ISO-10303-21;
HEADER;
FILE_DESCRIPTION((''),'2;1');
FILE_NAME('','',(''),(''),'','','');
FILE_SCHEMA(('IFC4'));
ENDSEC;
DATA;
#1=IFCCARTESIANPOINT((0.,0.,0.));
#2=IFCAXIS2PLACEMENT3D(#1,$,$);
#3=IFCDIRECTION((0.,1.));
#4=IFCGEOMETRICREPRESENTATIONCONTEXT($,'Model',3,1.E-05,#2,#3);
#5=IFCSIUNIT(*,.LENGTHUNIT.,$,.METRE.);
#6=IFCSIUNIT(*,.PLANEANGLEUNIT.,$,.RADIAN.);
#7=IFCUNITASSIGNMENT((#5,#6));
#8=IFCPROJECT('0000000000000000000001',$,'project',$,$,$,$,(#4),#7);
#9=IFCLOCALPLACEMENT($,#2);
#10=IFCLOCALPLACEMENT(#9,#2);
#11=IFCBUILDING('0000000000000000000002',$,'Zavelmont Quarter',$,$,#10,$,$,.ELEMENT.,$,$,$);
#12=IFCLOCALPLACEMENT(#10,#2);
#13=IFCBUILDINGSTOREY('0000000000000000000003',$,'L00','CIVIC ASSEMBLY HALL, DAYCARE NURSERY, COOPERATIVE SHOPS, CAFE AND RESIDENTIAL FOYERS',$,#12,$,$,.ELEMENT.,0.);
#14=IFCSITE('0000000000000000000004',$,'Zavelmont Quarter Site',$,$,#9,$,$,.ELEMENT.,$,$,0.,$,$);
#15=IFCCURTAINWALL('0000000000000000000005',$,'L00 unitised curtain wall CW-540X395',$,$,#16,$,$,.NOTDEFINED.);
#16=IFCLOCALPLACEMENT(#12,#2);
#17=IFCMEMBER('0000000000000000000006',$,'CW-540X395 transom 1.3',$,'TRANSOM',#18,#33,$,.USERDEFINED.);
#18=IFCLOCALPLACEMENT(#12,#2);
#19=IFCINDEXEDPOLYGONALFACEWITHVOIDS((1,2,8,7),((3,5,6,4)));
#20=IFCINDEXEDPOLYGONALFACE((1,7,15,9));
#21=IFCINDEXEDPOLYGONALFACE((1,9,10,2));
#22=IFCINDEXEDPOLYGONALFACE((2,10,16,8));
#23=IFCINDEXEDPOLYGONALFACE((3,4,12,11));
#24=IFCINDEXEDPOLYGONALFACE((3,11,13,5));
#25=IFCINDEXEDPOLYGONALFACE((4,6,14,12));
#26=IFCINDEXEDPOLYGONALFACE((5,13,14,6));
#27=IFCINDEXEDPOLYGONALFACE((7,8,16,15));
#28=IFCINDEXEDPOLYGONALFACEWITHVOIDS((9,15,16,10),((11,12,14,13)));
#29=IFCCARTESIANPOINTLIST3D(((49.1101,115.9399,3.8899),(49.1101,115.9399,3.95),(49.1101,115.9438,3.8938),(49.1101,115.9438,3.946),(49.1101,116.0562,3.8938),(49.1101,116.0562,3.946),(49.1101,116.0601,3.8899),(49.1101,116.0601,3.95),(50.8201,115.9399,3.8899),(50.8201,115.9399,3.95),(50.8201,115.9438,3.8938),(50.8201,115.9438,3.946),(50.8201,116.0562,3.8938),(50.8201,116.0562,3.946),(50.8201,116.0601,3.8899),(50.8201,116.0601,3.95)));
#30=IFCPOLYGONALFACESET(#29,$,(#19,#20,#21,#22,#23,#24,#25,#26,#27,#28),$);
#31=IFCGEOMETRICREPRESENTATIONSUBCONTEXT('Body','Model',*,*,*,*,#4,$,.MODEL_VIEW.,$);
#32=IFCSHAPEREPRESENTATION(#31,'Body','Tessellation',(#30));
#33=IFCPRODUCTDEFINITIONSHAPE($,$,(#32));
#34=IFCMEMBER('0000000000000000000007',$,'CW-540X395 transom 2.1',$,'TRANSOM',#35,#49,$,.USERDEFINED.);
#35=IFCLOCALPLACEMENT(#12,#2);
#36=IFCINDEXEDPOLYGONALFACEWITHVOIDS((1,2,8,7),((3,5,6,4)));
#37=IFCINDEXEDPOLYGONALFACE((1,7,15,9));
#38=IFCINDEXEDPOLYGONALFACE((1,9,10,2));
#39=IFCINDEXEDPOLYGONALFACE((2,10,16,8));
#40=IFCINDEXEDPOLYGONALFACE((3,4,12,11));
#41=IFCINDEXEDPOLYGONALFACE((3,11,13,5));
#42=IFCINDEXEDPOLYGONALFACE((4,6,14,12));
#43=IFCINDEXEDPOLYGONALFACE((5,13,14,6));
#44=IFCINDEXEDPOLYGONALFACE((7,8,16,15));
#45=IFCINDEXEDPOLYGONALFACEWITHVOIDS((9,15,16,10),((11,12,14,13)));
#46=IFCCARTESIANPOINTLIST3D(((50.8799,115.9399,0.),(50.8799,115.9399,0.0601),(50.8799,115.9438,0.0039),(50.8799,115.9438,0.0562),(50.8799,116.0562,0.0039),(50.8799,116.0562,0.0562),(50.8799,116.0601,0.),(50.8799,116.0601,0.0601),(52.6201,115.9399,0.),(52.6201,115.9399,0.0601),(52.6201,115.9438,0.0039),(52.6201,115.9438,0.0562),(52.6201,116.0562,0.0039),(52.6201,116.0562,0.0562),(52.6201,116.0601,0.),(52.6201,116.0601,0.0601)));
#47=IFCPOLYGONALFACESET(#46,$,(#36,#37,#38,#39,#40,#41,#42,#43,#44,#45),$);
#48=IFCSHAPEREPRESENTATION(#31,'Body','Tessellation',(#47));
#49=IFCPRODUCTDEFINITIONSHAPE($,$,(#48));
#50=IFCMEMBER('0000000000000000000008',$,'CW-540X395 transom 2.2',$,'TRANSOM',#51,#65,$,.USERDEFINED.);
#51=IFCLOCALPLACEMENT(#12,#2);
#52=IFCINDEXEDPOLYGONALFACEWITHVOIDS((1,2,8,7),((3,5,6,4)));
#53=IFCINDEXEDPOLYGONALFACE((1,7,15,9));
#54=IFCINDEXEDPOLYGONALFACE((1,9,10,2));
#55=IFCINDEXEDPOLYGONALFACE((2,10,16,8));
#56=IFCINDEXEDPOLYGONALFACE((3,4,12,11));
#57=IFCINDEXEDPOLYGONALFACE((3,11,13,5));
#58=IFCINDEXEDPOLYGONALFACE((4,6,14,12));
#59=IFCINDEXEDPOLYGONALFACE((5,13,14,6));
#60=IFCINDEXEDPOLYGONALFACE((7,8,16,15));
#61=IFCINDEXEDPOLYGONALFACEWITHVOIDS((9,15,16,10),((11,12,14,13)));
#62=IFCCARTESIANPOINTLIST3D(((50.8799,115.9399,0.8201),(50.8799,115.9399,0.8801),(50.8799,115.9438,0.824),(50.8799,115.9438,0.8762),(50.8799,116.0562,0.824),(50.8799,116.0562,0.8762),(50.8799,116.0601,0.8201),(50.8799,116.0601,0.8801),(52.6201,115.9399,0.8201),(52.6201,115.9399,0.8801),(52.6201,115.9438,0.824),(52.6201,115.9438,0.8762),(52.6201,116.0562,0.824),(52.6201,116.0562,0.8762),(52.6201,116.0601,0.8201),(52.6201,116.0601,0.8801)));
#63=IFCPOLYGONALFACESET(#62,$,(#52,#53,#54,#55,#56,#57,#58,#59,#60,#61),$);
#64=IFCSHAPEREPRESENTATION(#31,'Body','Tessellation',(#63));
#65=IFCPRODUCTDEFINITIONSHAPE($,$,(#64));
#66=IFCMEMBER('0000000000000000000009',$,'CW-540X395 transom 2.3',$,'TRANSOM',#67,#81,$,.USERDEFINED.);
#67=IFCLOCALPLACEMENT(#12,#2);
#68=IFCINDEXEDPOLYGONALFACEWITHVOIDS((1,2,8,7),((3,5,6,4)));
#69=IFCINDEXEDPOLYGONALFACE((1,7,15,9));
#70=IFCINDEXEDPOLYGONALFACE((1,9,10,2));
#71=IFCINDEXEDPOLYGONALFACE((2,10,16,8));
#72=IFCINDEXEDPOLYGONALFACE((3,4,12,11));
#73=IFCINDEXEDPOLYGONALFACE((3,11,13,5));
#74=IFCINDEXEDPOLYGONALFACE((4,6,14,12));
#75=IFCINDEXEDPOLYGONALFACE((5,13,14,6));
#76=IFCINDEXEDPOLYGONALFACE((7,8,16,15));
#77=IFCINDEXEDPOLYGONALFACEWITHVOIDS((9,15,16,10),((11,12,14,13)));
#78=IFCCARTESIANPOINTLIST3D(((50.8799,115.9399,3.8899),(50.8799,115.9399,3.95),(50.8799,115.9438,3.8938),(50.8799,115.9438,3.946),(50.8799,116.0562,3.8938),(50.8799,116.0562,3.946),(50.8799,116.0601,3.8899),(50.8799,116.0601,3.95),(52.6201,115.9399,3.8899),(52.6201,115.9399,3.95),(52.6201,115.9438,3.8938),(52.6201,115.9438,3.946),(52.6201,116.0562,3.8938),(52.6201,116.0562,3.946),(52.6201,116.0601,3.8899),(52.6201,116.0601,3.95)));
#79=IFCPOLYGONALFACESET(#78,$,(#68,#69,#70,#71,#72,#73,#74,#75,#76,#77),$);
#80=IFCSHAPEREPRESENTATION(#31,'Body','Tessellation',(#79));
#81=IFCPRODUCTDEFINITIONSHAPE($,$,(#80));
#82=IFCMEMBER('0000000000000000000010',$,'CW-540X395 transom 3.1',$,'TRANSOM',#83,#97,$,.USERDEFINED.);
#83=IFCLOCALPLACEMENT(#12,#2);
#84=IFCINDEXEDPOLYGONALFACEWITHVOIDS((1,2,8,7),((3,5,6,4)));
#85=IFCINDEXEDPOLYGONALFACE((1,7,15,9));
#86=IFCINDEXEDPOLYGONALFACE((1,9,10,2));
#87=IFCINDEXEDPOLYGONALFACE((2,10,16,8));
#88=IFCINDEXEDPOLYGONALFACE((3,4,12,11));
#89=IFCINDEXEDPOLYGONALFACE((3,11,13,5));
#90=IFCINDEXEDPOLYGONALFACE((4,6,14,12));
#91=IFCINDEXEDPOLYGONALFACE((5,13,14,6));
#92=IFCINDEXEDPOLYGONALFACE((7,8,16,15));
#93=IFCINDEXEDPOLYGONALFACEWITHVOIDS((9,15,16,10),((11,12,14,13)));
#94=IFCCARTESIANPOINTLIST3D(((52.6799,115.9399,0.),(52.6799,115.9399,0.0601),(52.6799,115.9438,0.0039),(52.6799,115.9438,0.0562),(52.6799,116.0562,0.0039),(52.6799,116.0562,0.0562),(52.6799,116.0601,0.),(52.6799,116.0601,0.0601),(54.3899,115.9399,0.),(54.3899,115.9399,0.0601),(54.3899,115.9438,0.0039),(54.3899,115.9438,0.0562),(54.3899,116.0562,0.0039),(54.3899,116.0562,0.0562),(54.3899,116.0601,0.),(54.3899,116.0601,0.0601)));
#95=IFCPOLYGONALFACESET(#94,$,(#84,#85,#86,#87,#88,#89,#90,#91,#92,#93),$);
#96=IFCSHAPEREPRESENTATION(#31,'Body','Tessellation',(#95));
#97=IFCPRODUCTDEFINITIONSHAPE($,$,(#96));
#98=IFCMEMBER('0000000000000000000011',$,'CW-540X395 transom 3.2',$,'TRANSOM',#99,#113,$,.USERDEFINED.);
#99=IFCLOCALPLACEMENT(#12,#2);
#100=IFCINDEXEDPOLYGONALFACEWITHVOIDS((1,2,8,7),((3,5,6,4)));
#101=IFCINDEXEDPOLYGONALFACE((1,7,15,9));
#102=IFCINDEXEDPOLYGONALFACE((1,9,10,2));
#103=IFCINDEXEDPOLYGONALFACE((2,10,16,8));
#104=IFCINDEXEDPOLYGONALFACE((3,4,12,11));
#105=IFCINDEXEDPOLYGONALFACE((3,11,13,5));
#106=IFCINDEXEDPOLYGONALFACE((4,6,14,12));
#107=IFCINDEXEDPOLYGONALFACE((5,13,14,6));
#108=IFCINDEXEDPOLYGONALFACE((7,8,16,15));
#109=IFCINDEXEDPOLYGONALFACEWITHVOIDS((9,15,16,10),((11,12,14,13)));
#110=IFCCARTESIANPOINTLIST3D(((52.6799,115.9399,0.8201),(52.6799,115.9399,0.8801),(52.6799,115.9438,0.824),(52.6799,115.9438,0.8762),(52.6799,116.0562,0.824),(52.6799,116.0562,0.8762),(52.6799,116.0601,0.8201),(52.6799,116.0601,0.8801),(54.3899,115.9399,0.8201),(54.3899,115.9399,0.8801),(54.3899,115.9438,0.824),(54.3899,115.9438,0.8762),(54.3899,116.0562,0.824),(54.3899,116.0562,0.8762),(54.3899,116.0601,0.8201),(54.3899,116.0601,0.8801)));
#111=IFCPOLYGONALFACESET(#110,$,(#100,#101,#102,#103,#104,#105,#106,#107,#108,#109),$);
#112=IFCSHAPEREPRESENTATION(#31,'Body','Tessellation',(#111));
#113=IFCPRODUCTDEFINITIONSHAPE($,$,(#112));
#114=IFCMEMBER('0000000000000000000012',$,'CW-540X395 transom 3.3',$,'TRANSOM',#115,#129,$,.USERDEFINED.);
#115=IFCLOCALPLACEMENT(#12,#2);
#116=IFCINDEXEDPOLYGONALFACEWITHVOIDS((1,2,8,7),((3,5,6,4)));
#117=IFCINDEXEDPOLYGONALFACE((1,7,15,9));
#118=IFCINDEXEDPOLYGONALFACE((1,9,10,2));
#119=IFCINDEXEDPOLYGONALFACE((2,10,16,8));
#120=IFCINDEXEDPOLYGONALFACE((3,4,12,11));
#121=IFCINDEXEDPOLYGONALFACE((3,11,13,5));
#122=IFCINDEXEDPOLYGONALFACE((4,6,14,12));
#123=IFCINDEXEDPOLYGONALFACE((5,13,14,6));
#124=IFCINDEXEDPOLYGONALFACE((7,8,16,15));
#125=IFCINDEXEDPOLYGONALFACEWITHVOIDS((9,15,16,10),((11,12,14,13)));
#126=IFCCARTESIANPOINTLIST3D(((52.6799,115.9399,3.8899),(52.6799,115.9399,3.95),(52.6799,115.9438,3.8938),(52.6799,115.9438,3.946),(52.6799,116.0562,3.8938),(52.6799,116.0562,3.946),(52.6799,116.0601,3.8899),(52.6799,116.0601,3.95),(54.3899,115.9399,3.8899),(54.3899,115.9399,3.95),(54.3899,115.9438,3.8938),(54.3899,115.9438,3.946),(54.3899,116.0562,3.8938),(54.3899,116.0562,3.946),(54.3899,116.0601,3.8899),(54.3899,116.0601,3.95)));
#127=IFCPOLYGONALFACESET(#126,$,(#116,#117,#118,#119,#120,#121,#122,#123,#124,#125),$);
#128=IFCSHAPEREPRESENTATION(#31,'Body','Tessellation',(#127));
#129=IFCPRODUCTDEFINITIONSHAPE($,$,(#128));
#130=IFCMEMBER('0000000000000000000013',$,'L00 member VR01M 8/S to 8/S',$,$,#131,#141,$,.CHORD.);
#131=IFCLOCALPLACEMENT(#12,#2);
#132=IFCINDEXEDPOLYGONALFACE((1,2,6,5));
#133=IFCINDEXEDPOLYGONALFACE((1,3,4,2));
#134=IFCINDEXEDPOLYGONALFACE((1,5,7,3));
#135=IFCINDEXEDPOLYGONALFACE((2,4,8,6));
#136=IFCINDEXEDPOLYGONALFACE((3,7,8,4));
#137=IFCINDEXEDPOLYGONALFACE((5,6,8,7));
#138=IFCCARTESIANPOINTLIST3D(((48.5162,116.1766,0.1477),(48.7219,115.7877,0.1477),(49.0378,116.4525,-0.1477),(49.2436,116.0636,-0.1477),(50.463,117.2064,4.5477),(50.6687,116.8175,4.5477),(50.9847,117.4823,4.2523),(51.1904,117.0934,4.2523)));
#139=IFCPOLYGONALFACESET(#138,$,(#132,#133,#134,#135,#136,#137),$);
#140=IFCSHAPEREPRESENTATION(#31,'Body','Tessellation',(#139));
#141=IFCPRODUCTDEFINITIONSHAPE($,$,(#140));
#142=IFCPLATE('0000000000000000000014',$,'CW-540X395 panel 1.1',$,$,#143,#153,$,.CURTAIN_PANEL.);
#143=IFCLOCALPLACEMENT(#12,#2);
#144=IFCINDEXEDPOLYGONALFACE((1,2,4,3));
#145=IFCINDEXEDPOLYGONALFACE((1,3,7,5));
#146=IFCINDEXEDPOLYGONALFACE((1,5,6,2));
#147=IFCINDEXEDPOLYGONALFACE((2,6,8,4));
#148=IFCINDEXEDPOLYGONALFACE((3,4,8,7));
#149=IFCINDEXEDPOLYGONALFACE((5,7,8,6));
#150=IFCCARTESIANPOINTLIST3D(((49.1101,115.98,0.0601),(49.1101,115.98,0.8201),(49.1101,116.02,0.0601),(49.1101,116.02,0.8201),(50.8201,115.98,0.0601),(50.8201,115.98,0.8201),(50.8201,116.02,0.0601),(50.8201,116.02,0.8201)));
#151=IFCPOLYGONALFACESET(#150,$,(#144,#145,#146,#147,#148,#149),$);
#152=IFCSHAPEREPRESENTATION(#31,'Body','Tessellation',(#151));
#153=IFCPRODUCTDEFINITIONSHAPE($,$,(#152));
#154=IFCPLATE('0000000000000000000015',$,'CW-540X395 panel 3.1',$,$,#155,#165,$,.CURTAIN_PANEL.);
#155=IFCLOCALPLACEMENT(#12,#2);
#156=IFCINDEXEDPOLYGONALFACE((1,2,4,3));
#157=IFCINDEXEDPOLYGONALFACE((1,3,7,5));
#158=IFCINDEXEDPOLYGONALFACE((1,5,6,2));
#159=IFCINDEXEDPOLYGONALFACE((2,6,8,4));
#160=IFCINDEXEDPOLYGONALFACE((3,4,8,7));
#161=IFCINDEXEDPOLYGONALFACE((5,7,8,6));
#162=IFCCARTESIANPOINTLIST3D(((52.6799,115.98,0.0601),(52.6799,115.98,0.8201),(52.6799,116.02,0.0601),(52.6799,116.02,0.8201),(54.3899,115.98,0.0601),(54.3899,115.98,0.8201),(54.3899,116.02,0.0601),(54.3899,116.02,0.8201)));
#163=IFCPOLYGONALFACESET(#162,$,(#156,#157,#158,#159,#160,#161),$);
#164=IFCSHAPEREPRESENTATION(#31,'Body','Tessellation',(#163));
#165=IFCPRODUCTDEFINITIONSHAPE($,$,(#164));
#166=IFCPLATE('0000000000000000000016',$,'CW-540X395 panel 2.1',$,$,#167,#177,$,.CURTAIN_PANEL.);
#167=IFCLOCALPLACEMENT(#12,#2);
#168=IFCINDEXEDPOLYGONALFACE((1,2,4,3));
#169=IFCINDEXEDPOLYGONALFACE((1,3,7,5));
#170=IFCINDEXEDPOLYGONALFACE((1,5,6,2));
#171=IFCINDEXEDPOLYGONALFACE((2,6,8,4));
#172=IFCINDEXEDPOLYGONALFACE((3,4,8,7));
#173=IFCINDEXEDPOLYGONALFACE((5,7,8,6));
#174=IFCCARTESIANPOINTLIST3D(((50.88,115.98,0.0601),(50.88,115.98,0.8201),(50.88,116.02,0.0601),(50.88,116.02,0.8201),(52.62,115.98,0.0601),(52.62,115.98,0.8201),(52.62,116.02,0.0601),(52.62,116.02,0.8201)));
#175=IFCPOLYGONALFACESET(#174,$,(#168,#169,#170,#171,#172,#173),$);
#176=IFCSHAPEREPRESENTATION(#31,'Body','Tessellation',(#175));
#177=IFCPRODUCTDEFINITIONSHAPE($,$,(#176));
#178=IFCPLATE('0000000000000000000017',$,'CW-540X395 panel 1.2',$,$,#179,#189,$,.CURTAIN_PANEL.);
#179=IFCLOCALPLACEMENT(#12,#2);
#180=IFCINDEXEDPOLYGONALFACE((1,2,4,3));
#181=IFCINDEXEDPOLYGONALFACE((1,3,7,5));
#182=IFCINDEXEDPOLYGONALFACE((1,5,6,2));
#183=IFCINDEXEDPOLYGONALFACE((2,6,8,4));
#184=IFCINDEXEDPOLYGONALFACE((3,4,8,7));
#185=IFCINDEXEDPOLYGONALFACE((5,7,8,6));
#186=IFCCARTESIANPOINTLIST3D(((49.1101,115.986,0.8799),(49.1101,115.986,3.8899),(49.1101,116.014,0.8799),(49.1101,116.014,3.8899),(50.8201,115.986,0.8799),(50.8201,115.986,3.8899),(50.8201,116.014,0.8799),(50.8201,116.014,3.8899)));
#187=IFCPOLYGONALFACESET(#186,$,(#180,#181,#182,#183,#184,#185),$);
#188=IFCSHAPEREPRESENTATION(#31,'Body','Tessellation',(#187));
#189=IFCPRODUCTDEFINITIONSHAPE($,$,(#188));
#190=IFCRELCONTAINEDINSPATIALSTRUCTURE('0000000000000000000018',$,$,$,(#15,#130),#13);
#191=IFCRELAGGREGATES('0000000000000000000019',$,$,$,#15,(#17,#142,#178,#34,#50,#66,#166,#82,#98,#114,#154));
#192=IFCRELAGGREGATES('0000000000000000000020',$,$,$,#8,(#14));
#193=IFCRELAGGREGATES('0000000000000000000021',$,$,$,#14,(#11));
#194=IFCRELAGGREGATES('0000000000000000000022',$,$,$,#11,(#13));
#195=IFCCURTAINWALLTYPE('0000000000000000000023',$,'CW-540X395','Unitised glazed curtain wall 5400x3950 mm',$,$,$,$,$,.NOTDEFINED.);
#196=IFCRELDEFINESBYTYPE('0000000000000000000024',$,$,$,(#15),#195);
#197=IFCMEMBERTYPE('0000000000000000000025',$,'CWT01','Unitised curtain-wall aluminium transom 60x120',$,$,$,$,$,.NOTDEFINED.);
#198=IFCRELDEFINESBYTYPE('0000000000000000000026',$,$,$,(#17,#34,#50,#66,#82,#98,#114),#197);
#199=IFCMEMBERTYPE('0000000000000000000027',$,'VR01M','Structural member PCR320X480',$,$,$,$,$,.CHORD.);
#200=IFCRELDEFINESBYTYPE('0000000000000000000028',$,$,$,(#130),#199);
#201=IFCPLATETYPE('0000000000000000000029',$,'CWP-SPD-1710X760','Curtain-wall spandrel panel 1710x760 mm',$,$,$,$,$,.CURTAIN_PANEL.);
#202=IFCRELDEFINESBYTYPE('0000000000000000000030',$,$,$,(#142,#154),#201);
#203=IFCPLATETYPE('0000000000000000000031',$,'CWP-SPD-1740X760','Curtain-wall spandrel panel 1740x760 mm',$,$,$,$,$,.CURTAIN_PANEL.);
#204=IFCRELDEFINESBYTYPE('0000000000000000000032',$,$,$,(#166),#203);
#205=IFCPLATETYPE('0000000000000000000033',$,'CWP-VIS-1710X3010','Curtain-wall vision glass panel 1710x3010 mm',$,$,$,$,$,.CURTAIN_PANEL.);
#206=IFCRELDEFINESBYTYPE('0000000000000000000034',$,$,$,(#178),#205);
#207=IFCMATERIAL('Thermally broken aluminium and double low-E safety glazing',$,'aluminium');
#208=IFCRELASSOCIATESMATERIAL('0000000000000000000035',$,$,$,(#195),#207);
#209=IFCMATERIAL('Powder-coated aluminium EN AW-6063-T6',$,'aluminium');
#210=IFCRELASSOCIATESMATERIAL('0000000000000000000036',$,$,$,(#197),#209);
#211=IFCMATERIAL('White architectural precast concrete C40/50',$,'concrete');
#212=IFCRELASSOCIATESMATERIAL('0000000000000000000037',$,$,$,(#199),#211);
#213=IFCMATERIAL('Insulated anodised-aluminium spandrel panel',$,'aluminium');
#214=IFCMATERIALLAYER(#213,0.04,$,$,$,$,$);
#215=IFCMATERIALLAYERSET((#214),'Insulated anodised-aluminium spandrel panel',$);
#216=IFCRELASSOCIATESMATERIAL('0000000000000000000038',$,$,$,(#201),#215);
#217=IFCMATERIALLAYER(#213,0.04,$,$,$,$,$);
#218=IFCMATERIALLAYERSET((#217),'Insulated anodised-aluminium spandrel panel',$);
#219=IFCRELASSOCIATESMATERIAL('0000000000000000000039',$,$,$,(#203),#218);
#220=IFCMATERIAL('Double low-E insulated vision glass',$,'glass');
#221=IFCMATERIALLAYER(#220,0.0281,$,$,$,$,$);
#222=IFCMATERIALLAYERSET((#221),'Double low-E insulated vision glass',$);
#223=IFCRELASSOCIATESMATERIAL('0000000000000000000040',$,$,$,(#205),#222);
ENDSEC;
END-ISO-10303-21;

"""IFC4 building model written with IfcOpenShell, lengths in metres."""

from ifc_helpers import new_model, si_unit, direction, frame, origin, origin_2d, place, context, subcontext, project, spatial, rectangle, hollow_rectangle, extrude, material, layer, layer_set, material_profile, profile_set, type_object, element, aggregate, save


model = new_model("IFC4")

# Units and contexts
model_context = context("Model", 3, precision=1e-05, world=origin(), true_north=direction((0.0, 1.0)))
body_context = subcontext(model_context, "Body", "Model", "MODEL_VIEW")
ifc_project = project(units=[si_unit("LENGTHUNIT", "METRE"), si_unit("PLANEANGLEUNIT", "RADIAN")], contexts=[model_context])

# Site, building, storey
site_placement = place(None, origin())
site = spatial("IfcSite", under=ifc_project, at=site_placement, Name="Zavelmont Quarter Site", CompositionType="ELEMENT", RefElevation=0.0)
building_placement = place(site_placement, origin())
building = spatial("IfcBuilding", under=site, at=building_placement, Name="Zavelmont Quarter", CompositionType="ELEMENT")
storey_placement = place(building_placement, origin())
storey = spatial("IfcBuildingStorey", under=building, at=storey_placement, Name="L00", Description="CIVIC ASSEMBLY HALL, DAYCARE NURSERY, COOPERATIVE SHOPS, CAFE AND RESIDENTIAL FOYERS", CompositionType="ELEMENT", Elevation=0.0)

# Curtain wall, members
ifc_material_1 = material(Name="Thermally broken aluminium and double low-E safety glazing", Category="aluminium")
curtain_wall_type = type_object("IfcCurtainWallType", Name="CW-540X395", Description="Unitised glazed curtain wall 5400x3950 mm", PredefinedType="NOTDEFINED", material=ifc_material_1)
curtain_wall_placement = place(storey_placement, origin())
curtain_wall = element("IfcCurtainWall", 1, at=curtain_wall_placement, inside=storey, type_object=curtain_wall_type, Name="L00 unitised curtain wall CW-540X395", PredefinedType="NOTDEFINED")
ifc_material_2 = material(Name="Powder-coated aluminium EN AW-6063-T6", Category="aluminium")
ifc_material_profile_1 = material_profile(ifc_material_2, hollow_rectangle(XDim=0.1201, YDim=0.0601, WallThickness=0.0039, at=origin_2d()), Name="CWT60X120")
ifc_profile_set_1 = profile_set([ifc_material_profile_1], Name="Powder-coated aluminium EN AW-6063-T6")
member_type_1 = type_object("IfcMemberType", Name="CWT01", Description="Unitised curtain-wall aluminium transom 60x120", PredefinedType="NOTDEFINED", material=ifc_profile_set_1)
member_1_placement = place(storey_placement, frame((49.1101, 116.0, 3.9199), z_axis=(1.0, 0.0, 0.0), x_axis=(0.0, 1.0, 0.0)))
member_1 = element("IfcMember", 2, at=member_1_placement, type_object=member_type_1, Name="CW-540X395 transom 1.3", ObjectType="TRANSOM", PredefinedType="USERDEFINED", context=body_context, shape_type="SweptSolid", body=[
    extrude(hollow_rectangle(XDim=0.1201, YDim=0.0601, WallThickness=0.0039, at=origin_2d()), origin(), (0.0, 0.0, 1.0), 1.71),
])
member_2_placement = place(storey_placement, frame((50.8799, 116.0, 0.03), z_axis=(1.0, 0.0, 0.0), x_axis=(0.0, 1.0, 0.0)))
member_2 = element("IfcMember", 3, at=member_2_placement, type_object=member_type_1, Name="CW-540X395 transom 2.1", ObjectType="TRANSOM", PredefinedType="USERDEFINED", context=body_context, shape_type="SweptSolid", body=[
    extrude(hollow_rectangle(XDim=0.1201, YDim=0.0601, WallThickness=0.0039, at=origin_2d()), origin(), (0.0, 0.0, 1.0), 1.7402),
])
member_3_placement = place(storey_placement, frame((50.8799, 116.0, 0.8501), z_axis=(1.0, 0.0, 0.0), x_axis=(0.0, 1.0, 0.0)))
member_3 = element("IfcMember", 4, at=member_3_placement, type_object=member_type_1, Name="CW-540X395 transom 2.2", ObjectType="TRANSOM", PredefinedType="USERDEFINED", context=body_context, shape_type="SweptSolid", body=[
    extrude(hollow_rectangle(XDim=0.1201, YDim=0.0601, WallThickness=0.0039, at=origin_2d()), origin(), (0.0, 0.0, 1.0), 1.7402),
])
member_4_placement = place(storey_placement, frame((50.8799, 116.0, 3.9199), z_axis=(1.0, 0.0, 0.0), x_axis=(0.0, 1.0, 0.0)))
member_4 = element("IfcMember", 5, at=member_4_placement, type_object=member_type_1, Name="CW-540X395 transom 2.3", ObjectType="TRANSOM", PredefinedType="USERDEFINED", context=body_context, shape_type="SweptSolid", body=[
    extrude(hollow_rectangle(XDim=0.1201, YDim=0.0601, WallThickness=0.0039, at=origin_2d()), origin(), (0.0, 0.0, 1.0), 1.7402),
])
member_5_placement = place(storey_placement, frame((52.6799, 116.0, 0.03), z_axis=(1.0, 0.0, 0.0), x_axis=(0.0, 1.0, 0.0)))
member_5 = element("IfcMember", 6, at=member_5_placement, type_object=member_type_1, Name="CW-540X395 transom 3.1", ObjectType="TRANSOM", PredefinedType="USERDEFINED", context=body_context, shape_type="SweptSolid", body=[
    extrude(hollow_rectangle(XDim=0.1201, YDim=0.0601, WallThickness=0.0039, at=origin_2d()), origin(), (0.0, 0.0, 1.0), 1.71),
])
member_6_placement = place(storey_placement, frame((52.6799, 116.0, 0.8501), z_axis=(1.0, 0.0, 0.0), x_axis=(0.0, 1.0, 0.0)))
member_6 = element("IfcMember", 7, at=member_6_placement, type_object=member_type_1, Name="CW-540X395 transom 3.2", ObjectType="TRANSOM", PredefinedType="USERDEFINED", context=body_context, shape_type="SweptSolid", body=[
    extrude(hollow_rectangle(XDim=0.1201, YDim=0.0601, WallThickness=0.0039, at=origin_2d()), origin(), (0.0, 0.0, 1.0), 1.71),
])
member_7_placement = place(storey_placement, frame((52.6799, 116.0, 3.9199), z_axis=(1.0, 0.0, 0.0), x_axis=(0.0, 1.0, 0.0)))
member_7 = element("IfcMember", 8, at=member_7_placement, type_object=member_type_1, Name="CW-540X395 transom 3.3", ObjectType="TRANSOM", PredefinedType="USERDEFINED", context=body_context, shape_type="SweptSolid", body=[
    extrude(hollow_rectangle(XDim=0.1201, YDim=0.0601, WallThickness=0.0039, at=origin_2d()), origin(), (0.0, 0.0, 1.0), 1.71),
])

# Member
ifc_material_3 = material(Name="White architectural precast concrete C40/50", Category="concrete")
ifc_material_profile_2 = material_profile(ifc_material_3, rectangle(XDim=0.4399, YDim=0.6599, at=origin_2d()), Name="PCR320X480")
ifc_profile_set_2 = profile_set([ifc_material_profile_2], Name="White architectural precast concrete C40/50")
member_type_2 = type_object("IfcMemberType", Name="VR01M", Description="Structural member PCR320X480", PredefinedType="CHORD", material=ifc_profile_set_2)
member_8_placement = place(storey_placement, frame((48.8799, 116.1201, 0.0), z_axis=(0.395661, 0.209292, 0.894231), x_axis=(-0.467582, 0.88395, 0.0)))
element("IfcMember", 9, at=member_8_placement, inside=storey, type_object=member_type_2, Name="L00 member VR01M 8/S to 8/S", PredefinedType="CHORD", context=body_context, shape_type="SweptSolid", body=[
    extrude(rectangle(XDim=0.4399, YDim=0.6599, at=origin_2d()), origin(), (0.0, 0.0, 1.0), 4.9204),
])

# Plates
ifc_material_4 = material(Name="Insulated anodised-aluminium spandrel panel", Category="aluminium")
ifc_layer_1 = layer(ifc_material_4, 0.04)
ifc_layer_set_1 = layer_set([ifc_layer_1], Name="Insulated anodised-aluminium spandrel panel")
plate_type_1 = type_object("IfcPlateType", Name="CWP-SPD-1710X760", Description="Curtain-wall spandrel panel 1710x760 mm", PredefinedType="CURTAIN_PANEL", material=ifc_layer_set_1)
plate_1_placement = place(storey_placement, frame((49.9651, 116.0, 0.0601), z_axis=(0.0, 0.0, 1.0), x_axis=(1.0, 0.0, 0.0)))
plate_1 = element("IfcPlate", 10, at=plate_1_placement, type_object=plate_type_1, Name="CW-540X395 panel 1.1", PredefinedType="CURTAIN_PANEL", context=body_context, shape_type="SweptSolid", body=[
    extrude(rectangle(XDim=1.71, YDim=0.04, at=origin_2d()), origin(), (0.0, 0.0, 1.0), 0.76),
])
plate_2_placement = place(storey_placement, frame((53.5349, 116.0, 0.0601), z_axis=(0.0, 0.0, 1.0), x_axis=(1.0, 0.0, 0.0)))
plate_2 = element("IfcPlate", 11, at=plate_2_placement, type_object=plate_type_1, Name="CW-540X395 panel 3.1", PredefinedType="CURTAIN_PANEL", context=body_context, shape_type="SweptSolid", body=[
    extrude(rectangle(XDim=1.71, YDim=0.04, at=origin_2d()), origin(), (0.0, 0.0, 1.0), 0.76),
])
ifc_layer_2 = layer(ifc_material_4, 0.04)
ifc_layer_set_2 = layer_set([ifc_layer_2], Name="Insulated anodised-aluminium spandrel panel")
plate_type_2 = type_object("IfcPlateType", Name="CWP-SPD-1740X760", Description="Curtain-wall spandrel panel 1740x760 mm", PredefinedType="CURTAIN_PANEL", material=ifc_layer_set_2)
plate_3_placement = place(storey_placement, frame((51.75, 116.0, 0.0601), z_axis=(0.0, 0.0, 1.0), x_axis=(1.0, 0.0, 0.0)))
plate_3 = element("IfcPlate", 12, at=plate_3_placement, type_object=plate_type_2, Name="CW-540X395 panel 2.1", PredefinedType="CURTAIN_PANEL", context=body_context, shape_type="SweptSolid", body=[
    extrude(rectangle(XDim=1.74, YDim=0.04, at=origin_2d()), origin(), (0.0, 0.0, 1.0), 0.76),
])
ifc_material_5 = material(Name="Double low-E insulated vision glass", Category="glass")
ifc_layer_3 = layer(ifc_material_5, 0.0281)
ifc_layer_set_3 = layer_set([ifc_layer_3], Name="Double low-E insulated vision glass")
plate_type_3 = type_object("IfcPlateType", Name="CWP-VIS-1710X3010", Description="Curtain-wall vision glass panel 1710x3010 mm", PredefinedType="CURTAIN_PANEL", material=ifc_layer_set_3)
plate_4_placement = place(storey_placement, frame((49.9651, 116.0, 0.8799), z_axis=(0.0, 0.0, 1.0), x_axis=(1.0, 0.0, 0.0)))
plate_4 = element("IfcPlate", 13, at=plate_4_placement, type_object=plate_type_3, Name="CW-540X395 panel 1.2", PredefinedType="CURTAIN_PANEL", context=body_context, shape_type="SweptSolid", body=[
    extrude(rectangle(XDim=1.71, YDim=0.0281, at=origin_2d()), origin(), (0.0, 0.0, 1.0), 3.01),
])
aggregate(curtain_wall, [member_1, plate_1, plate_4, member_2, member_3, member_4, plate_3, member_5, member_6, member_7, plate_2])

save(model, "model.ifc")
